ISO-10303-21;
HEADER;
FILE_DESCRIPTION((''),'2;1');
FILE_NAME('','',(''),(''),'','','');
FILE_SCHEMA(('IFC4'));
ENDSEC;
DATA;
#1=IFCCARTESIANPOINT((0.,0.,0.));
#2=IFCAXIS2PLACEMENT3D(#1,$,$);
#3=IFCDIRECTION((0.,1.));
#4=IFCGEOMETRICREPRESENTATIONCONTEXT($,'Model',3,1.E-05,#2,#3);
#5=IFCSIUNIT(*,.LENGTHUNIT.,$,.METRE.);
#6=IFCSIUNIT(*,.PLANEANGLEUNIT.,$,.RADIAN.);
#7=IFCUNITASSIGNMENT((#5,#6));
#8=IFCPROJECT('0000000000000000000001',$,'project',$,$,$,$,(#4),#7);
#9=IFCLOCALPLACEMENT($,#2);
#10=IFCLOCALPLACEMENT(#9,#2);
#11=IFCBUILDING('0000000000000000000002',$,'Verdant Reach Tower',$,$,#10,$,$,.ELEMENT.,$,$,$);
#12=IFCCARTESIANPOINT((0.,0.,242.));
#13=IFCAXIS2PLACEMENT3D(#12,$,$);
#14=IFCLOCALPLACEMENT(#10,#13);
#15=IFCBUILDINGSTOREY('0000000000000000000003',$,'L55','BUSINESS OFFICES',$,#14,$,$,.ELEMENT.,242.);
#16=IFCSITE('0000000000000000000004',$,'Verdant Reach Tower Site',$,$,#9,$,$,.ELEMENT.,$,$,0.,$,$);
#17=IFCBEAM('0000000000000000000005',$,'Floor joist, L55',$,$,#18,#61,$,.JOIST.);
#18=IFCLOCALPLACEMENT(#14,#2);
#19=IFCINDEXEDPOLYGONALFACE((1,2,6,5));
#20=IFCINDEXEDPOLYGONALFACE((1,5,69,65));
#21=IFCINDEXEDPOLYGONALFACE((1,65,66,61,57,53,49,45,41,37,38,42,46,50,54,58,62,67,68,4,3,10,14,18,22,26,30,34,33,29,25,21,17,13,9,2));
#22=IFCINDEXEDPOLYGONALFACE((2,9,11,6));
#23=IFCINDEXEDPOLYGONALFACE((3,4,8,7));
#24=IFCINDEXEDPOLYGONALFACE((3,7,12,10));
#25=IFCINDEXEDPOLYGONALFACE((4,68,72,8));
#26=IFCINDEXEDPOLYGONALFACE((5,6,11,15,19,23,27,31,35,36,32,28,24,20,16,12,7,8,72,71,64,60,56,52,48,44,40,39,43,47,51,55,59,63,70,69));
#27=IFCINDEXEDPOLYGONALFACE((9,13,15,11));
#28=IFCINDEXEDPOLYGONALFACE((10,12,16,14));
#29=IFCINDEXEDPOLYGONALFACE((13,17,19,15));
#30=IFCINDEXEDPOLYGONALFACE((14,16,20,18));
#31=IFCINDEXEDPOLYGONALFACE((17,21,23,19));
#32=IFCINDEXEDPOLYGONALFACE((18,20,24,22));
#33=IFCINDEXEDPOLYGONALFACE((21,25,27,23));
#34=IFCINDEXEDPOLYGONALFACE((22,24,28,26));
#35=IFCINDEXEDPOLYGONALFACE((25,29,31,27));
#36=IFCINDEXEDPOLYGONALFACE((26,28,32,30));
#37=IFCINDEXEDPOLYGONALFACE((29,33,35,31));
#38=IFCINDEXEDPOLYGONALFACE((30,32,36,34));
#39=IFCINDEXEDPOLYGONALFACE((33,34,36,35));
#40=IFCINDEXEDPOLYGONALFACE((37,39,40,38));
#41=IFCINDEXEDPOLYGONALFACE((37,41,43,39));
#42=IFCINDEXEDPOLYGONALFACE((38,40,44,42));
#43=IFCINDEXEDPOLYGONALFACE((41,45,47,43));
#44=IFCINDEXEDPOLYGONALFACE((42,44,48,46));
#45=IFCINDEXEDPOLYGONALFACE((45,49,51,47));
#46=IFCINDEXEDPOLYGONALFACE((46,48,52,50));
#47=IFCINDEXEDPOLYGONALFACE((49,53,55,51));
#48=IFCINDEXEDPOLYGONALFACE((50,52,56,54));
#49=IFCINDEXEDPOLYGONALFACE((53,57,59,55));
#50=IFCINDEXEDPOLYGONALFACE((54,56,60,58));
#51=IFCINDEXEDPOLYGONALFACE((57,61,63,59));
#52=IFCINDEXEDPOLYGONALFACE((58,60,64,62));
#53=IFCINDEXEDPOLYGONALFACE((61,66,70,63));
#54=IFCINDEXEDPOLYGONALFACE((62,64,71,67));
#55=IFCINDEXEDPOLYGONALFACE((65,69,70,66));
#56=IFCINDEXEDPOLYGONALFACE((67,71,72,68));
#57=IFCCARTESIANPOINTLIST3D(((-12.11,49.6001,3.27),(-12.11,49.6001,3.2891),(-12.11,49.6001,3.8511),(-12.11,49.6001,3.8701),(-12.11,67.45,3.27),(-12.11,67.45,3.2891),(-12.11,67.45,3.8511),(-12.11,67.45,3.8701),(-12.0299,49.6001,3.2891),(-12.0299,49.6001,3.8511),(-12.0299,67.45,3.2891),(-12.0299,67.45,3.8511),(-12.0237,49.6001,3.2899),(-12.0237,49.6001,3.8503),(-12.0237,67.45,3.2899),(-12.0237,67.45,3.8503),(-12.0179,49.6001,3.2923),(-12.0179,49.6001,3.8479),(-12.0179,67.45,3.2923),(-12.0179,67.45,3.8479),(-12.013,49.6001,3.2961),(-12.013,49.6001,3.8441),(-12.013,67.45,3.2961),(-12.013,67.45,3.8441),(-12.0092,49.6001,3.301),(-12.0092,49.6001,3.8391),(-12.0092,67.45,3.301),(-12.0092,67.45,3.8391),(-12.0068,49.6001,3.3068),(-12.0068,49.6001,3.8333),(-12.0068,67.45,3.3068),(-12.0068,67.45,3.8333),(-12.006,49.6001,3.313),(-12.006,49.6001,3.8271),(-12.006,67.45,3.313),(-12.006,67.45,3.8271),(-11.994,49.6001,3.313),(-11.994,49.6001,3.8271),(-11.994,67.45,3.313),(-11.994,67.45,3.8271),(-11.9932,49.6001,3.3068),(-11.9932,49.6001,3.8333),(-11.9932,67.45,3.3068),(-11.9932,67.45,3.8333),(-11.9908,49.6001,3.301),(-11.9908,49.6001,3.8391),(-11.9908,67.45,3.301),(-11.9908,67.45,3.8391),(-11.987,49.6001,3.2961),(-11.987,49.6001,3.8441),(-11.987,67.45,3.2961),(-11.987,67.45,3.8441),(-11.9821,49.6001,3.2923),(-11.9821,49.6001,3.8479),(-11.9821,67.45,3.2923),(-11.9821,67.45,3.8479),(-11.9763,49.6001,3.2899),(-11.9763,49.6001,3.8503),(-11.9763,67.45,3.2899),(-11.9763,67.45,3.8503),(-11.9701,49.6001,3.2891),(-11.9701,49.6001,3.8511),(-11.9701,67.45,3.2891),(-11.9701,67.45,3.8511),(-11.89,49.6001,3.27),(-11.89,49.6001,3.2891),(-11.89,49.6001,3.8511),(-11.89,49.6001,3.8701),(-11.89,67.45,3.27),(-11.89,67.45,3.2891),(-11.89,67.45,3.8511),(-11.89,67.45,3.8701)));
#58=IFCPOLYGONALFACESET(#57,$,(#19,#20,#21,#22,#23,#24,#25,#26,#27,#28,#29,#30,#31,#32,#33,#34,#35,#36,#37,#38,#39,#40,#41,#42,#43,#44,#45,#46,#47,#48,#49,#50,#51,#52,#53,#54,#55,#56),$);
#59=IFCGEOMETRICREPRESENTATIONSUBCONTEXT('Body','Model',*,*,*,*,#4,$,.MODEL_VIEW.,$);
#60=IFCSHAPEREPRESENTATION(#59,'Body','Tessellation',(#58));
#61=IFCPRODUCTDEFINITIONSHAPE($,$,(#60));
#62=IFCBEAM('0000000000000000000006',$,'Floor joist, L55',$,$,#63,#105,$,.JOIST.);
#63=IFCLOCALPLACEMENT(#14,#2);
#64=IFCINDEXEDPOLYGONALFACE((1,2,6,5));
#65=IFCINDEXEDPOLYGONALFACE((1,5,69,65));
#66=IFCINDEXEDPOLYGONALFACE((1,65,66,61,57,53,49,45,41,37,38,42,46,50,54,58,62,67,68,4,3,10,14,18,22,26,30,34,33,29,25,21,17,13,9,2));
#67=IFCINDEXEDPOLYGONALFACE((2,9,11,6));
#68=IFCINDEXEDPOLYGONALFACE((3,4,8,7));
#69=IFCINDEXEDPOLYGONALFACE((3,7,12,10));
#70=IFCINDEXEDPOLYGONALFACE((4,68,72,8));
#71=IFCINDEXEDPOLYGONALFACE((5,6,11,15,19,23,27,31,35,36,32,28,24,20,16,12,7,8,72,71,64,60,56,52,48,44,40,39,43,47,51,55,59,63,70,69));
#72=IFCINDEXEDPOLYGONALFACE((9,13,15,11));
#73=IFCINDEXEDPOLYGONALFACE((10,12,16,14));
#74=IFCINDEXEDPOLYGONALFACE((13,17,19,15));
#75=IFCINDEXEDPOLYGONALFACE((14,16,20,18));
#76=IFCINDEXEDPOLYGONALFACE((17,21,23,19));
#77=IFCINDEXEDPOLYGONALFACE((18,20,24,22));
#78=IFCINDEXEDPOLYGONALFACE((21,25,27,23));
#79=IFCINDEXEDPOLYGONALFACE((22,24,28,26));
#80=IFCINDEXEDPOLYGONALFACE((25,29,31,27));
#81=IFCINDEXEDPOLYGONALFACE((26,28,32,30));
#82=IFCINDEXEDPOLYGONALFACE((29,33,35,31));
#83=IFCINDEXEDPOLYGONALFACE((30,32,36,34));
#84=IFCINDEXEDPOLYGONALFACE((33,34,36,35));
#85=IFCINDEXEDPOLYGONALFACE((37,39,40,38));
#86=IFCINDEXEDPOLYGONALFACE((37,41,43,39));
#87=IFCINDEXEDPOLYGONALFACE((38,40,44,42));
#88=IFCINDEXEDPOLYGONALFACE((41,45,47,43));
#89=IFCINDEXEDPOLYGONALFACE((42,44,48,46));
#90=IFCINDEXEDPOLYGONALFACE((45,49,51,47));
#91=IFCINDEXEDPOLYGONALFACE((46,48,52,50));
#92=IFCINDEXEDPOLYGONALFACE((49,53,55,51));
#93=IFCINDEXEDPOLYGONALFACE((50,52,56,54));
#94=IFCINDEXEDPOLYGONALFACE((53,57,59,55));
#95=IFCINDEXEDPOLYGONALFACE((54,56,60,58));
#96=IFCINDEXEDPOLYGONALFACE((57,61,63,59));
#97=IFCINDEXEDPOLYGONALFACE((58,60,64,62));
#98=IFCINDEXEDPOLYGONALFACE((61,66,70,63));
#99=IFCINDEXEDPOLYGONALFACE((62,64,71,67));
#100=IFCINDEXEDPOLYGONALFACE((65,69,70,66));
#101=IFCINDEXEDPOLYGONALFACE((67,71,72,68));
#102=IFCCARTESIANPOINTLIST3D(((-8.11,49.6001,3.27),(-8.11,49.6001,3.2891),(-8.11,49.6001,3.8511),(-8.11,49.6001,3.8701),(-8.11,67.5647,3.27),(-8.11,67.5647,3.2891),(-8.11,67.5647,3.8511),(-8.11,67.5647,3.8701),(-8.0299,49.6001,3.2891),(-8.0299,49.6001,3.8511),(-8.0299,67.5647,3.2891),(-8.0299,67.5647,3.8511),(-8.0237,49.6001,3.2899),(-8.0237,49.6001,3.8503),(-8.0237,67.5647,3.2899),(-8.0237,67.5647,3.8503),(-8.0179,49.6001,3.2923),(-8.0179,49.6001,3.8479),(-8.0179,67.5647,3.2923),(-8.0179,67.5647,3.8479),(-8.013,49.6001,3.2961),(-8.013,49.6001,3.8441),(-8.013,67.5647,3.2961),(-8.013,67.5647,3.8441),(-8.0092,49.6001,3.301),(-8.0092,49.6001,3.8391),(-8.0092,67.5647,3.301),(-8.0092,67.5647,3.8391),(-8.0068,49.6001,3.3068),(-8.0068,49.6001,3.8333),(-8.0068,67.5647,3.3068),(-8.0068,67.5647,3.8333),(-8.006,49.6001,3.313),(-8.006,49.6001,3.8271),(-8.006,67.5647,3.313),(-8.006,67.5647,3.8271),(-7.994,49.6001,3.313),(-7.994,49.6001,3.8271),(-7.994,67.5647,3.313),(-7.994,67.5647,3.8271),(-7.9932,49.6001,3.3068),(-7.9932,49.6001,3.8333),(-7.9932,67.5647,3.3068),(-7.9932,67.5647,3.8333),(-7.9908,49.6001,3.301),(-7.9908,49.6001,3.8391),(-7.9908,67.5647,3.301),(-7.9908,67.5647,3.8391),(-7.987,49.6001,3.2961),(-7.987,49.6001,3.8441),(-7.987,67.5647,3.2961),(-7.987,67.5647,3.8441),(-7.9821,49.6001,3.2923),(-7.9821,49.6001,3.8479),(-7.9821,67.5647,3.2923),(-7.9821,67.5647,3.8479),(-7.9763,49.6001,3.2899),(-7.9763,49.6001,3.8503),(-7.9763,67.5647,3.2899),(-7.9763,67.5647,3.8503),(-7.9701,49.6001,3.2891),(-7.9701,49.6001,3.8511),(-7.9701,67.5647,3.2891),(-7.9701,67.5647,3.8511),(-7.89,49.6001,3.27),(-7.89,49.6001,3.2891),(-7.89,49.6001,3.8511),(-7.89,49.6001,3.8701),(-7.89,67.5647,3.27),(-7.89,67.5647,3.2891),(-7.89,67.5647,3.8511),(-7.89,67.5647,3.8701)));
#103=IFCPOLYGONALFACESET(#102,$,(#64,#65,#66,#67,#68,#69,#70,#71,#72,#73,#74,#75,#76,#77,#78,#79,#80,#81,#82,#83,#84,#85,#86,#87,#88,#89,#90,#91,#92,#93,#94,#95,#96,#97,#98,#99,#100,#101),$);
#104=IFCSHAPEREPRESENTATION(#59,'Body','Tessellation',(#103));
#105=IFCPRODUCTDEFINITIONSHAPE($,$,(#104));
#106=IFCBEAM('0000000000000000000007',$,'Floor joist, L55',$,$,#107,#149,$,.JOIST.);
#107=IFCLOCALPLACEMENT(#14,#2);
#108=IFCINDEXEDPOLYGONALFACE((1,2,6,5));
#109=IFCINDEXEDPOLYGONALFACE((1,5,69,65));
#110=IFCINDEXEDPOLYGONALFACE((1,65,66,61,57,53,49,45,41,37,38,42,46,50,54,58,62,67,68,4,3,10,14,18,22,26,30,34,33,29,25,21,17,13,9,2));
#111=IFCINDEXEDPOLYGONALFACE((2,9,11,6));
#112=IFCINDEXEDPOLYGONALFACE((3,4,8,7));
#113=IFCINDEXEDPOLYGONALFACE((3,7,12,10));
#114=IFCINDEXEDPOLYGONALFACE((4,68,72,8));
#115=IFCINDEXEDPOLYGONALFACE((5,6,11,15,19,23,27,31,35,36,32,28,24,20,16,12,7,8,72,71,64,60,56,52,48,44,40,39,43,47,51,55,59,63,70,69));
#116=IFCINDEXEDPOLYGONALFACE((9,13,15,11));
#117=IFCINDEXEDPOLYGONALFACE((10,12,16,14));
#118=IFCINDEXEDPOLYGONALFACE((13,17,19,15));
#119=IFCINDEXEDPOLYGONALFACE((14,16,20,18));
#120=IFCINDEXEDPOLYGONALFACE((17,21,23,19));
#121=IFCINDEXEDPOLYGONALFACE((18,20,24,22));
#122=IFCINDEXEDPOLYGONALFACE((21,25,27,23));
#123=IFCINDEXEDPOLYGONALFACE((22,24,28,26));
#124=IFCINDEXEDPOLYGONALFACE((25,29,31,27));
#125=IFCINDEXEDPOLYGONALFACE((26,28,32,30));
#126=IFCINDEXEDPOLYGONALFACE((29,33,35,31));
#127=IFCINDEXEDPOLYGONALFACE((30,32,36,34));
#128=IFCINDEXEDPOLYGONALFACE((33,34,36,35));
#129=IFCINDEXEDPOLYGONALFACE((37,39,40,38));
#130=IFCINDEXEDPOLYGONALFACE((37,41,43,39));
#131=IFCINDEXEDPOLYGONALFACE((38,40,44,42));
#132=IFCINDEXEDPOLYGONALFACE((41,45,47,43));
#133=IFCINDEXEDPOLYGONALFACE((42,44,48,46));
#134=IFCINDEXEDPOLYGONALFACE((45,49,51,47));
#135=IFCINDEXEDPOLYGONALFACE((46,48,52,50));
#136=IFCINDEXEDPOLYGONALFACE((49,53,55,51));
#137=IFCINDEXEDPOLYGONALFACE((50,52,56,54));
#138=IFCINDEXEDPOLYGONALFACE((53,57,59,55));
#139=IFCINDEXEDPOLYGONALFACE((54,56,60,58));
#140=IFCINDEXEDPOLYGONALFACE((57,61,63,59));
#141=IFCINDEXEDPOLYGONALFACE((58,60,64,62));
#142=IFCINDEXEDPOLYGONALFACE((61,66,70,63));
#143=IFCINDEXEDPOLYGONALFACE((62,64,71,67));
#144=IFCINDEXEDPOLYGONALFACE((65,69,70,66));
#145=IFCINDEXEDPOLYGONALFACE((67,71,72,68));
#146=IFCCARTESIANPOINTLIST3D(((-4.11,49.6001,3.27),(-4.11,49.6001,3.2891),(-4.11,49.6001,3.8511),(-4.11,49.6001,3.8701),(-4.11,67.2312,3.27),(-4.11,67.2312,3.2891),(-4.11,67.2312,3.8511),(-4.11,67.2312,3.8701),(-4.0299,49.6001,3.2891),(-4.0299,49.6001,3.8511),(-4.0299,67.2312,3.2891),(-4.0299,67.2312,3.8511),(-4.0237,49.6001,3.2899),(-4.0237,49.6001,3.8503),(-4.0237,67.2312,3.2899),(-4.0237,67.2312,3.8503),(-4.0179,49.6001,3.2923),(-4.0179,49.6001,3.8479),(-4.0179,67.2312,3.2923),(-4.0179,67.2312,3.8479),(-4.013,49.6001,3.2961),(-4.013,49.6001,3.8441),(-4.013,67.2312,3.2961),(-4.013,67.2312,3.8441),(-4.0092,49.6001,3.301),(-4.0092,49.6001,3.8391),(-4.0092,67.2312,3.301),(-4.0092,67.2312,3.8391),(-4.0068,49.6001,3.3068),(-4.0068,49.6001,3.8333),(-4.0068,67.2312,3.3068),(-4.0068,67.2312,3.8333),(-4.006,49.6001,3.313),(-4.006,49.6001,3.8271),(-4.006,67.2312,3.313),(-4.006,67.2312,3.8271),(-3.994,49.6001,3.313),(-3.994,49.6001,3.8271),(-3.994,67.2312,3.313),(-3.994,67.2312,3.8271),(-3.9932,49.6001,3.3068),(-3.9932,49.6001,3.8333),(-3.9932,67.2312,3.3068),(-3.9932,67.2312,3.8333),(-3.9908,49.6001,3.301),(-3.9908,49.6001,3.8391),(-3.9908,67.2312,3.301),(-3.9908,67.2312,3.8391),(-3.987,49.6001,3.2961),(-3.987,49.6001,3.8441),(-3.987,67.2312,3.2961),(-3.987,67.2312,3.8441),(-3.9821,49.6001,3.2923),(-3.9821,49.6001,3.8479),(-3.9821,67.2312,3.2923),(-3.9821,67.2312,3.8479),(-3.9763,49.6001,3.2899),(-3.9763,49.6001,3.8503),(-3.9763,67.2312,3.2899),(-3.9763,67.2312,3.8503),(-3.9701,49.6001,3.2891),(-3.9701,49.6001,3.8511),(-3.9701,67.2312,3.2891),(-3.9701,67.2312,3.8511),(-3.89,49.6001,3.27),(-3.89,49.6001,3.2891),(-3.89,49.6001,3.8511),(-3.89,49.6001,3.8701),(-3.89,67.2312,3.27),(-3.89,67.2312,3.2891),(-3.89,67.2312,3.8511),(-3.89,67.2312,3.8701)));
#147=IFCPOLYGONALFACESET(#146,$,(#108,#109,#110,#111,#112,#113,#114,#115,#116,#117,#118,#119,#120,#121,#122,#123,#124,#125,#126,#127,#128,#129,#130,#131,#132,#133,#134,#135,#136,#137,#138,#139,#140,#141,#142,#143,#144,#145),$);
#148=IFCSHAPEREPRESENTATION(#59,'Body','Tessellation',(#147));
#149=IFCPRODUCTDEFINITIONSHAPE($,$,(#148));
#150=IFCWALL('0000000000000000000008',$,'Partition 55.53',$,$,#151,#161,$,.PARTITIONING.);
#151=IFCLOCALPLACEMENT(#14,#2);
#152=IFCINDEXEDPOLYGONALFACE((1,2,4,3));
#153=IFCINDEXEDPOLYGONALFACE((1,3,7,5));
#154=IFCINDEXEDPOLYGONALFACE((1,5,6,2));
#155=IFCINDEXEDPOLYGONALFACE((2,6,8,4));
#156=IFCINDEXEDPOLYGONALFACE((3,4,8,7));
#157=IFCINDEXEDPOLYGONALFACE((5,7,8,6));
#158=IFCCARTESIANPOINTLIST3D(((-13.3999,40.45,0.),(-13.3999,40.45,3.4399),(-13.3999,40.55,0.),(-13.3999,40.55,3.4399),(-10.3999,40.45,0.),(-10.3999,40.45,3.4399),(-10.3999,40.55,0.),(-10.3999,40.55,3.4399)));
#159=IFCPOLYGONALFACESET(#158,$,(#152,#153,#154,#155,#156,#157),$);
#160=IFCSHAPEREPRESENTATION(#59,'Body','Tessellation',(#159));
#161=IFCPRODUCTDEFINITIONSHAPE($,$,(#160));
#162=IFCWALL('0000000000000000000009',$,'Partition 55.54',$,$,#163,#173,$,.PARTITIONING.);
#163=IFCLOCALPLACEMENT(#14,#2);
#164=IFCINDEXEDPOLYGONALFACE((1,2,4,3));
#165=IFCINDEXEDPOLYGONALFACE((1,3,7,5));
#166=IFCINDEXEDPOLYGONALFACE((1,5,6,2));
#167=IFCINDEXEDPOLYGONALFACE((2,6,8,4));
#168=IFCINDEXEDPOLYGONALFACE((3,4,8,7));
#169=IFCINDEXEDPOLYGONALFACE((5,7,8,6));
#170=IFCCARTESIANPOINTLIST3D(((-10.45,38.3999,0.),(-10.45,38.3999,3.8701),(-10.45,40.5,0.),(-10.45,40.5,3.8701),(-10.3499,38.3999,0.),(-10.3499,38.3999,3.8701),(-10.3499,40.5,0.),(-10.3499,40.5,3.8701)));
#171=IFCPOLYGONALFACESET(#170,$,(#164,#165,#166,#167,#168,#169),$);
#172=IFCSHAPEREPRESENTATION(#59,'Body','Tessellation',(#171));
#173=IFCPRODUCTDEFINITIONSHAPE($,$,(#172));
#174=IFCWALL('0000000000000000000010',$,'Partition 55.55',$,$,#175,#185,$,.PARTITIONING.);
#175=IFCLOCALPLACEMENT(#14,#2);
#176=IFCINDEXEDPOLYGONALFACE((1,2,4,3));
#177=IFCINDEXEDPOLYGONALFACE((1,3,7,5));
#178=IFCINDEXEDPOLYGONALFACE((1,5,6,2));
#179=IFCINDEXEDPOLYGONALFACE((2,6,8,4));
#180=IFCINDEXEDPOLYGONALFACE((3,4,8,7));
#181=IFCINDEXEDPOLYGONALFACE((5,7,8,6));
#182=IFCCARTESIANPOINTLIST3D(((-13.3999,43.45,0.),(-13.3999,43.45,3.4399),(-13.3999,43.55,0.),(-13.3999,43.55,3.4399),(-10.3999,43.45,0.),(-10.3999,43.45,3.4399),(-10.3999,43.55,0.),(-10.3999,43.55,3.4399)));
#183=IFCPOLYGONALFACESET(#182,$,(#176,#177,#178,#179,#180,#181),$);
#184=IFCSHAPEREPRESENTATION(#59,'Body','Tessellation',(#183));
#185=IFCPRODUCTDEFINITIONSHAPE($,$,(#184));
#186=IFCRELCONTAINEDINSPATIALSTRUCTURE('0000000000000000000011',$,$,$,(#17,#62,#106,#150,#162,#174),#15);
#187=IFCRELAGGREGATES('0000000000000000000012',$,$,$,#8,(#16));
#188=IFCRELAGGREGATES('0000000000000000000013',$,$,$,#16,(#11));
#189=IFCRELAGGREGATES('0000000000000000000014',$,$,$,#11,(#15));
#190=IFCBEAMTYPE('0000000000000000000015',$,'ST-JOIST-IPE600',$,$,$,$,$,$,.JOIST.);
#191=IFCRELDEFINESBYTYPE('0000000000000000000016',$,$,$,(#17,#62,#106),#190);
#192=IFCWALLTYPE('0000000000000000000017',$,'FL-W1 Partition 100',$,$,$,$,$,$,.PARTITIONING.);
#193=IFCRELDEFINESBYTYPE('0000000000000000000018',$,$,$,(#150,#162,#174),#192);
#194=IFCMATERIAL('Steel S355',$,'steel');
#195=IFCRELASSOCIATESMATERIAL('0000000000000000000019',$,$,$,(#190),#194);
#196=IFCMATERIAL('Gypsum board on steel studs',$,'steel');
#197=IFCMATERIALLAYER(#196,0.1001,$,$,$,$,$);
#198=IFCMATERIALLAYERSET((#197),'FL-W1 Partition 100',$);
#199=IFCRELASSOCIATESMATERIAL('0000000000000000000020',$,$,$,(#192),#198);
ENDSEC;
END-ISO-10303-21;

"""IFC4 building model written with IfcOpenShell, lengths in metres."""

from ifc_helpers import new_model, si_unit, direction, frame, frame_2d, origin, origin_2d, place, context, subcontext, project, spatial, rectangle, i_section, extrude, material, layer, layer_set, material_profile, profile_set, type_object, element, save


model = new_model("IFC4")

# Units and contexts
model_context = context("Model", 3, precision=1e-05, world=origin(), true_north=direction((0.0, 1.0)))
body_context = subcontext(model_context, "Body", "Model", "MODEL_VIEW")
ifc_project = project(units=[si_unit("LENGTHUNIT", "METRE"), si_unit("PLANEANGLEUNIT", "RADIAN")], contexts=[model_context])

# Site, building, storey
site_placement = place(None, origin())
site = spatial("IfcSite", under=ifc_project, at=site_placement, Name="Verdant Reach Tower Site", CompositionType="ELEMENT", RefElevation=0.0)
building_placement = place(site_placement, origin())
building = spatial("IfcBuilding", under=site, at=building_placement, Name="Verdant Reach Tower", CompositionType="ELEMENT")
storey_placement = place(building_placement, frame((0.0, 0.0, 242.0)))
storey = spatial("IfcBuildingStorey", under=building, at=storey_placement, Name="L55", Description="BUSINESS OFFICES", CompositionType="ELEMENT", Elevation=242.0)

# Beams
ifc_material_1 = material(Name="Steel S355", Category="steel")
ifc_material_profile_1 = material_profile(ifc_material_1, i_section(OverallWidth=0.22, OverallDepth=0.6001, WebThickness=0.012, FlangeThickness=0.019, FilletRadius=0.0239, at=origin_2d()), Name="IPE 600")
ifc_profile_set_1 = profile_set([ifc_material_profile_1], Name="Steel S355")
beam_type_1 = type_object("IfcBeamType", Name="ST-JOIST-IPE600", PredefinedType="JOIST", material=ifc_profile_set_1)
beam_1_placement = place(storey_placement, frame((-12.0, 49.6001, 3.5701), z_axis=(0.0, 1.0, 0.0), x_axis=(-1.0, 0.0, 0.0)))
element("IfcBeam", 1, at=beam_1_placement, inside=storey, type_object=beam_type_1, Name="Floor joist, L55", PredefinedType="JOIST", context=body_context, shape_type="SweptSolid", body=[
    extrude(i_section(OverallWidth=0.22, OverallDepth=0.6001, WebThickness=0.012, FlangeThickness=0.019, FilletRadius=0.0239, at=origin_2d()), origin(), (0.0, 0.0, 1.0), 17.8499),
])
beam_2_placement = place(storey_placement, frame((-8.0, 49.6001, 3.5701), z_axis=(0.0, 1.0, 0.0), x_axis=(-1.0, 0.0, 0.0)))
element("IfcBeam", 2, at=beam_2_placement, inside=storey, type_object=beam_type_1, Name="Floor joist, L55", PredefinedType="JOIST", context=body_context, shape_type="SweptSolid", body=[
    extrude(i_section(OverallWidth=0.22, OverallDepth=0.6001, WebThickness=0.012, FlangeThickness=0.019, FilletRadius=0.0239, at=origin_2d()), origin(), (0.0, 0.0, 1.0), 17.9646),
])
beam_3_placement = place(storey_placement, frame((-4.0, 49.6001, 3.5701), z_axis=(0.0, 1.0, 0.0), x_axis=(-1.0, 0.0, 0.0)))
element("IfcBeam", 3, at=beam_3_placement, inside=storey, type_object=beam_type_1, Name="Floor joist, L55", PredefinedType="JOIST", context=body_context, shape_type="SweptSolid", body=[
    extrude(i_section(OverallWidth=0.22, OverallDepth=0.6001, WebThickness=0.012, FlangeThickness=0.019, FilletRadius=0.0239, at=origin_2d()), origin(), (0.0, 0.0, 1.0), 17.6311),
])

# Walls
ifc_material_2 = material(Name="Gypsum board on steel studs", Category="steel")
ifc_layer = layer(ifc_material_2, 0.1001)
ifc_layer_set = layer_set([ifc_layer], Name="FL-W1 Partition 100")
wall_type = type_object("IfcWallType", Name="FL-W1 Partition 100", PredefinedType="PARTITIONING", material=ifc_layer_set)
wall_1_placement = place(storey_placement, frame((-10.3999, 40.5, 0.0), z_axis=(0.0, 0.0, 1.0), x_axis=(-1.0, 0.0, 0.0)))
element("IfcWall", 4, at=wall_1_placement, inside=storey, type_object=wall_type, Name="Partition 55.53", PredefinedType="PARTITIONING", context=body_context, shape_type="SweptSolid", body=[
    extrude(rectangle(XDim=3.0, YDim=0.1001, at=frame_2d((1.5, 0.0))), origin(), (0.0, 0.0, 1.0), 3.4399),
])
wall_2_placement = place(storey_placement, frame((-10.3999, 38.3999, 0.0), z_axis=(0.0, 0.0, 1.0), x_axis=(0.0, 1.0, 0.0)))
element("IfcWall", 5, at=wall_2_placement, inside=storey, type_object=wall_type, Name="Partition 55.54", PredefinedType="PARTITIONING", context=body_context, shape_type="SweptSolid", body=[
    extrude(rectangle(XDim=2.1001, YDim=0.1001, at=frame_2d((1.05, 0.0))), origin(), (0.0, 0.0, 1.0), 3.8701),
])
wall_3_placement = place(storey_placement, frame((-10.3999, 43.5, 0.0), z_axis=(0.0, 0.0, 1.0), x_axis=(-1.0, 0.0, 0.0)))
element("IfcWall", 6, at=wall_3_placement, inside=storey, type_object=wall_type, Name="Partition 55.55", PredefinedType="PARTITIONING", context=body_context, shape_type="SweptSolid", body=[
    extrude(rectangle(XDim=3.0, YDim=0.1001, at=frame_2d((1.5, 0.0))), origin(), (0.0, 0.0, 1.0), 3.4399),
])

save(model, "model.ifc")
